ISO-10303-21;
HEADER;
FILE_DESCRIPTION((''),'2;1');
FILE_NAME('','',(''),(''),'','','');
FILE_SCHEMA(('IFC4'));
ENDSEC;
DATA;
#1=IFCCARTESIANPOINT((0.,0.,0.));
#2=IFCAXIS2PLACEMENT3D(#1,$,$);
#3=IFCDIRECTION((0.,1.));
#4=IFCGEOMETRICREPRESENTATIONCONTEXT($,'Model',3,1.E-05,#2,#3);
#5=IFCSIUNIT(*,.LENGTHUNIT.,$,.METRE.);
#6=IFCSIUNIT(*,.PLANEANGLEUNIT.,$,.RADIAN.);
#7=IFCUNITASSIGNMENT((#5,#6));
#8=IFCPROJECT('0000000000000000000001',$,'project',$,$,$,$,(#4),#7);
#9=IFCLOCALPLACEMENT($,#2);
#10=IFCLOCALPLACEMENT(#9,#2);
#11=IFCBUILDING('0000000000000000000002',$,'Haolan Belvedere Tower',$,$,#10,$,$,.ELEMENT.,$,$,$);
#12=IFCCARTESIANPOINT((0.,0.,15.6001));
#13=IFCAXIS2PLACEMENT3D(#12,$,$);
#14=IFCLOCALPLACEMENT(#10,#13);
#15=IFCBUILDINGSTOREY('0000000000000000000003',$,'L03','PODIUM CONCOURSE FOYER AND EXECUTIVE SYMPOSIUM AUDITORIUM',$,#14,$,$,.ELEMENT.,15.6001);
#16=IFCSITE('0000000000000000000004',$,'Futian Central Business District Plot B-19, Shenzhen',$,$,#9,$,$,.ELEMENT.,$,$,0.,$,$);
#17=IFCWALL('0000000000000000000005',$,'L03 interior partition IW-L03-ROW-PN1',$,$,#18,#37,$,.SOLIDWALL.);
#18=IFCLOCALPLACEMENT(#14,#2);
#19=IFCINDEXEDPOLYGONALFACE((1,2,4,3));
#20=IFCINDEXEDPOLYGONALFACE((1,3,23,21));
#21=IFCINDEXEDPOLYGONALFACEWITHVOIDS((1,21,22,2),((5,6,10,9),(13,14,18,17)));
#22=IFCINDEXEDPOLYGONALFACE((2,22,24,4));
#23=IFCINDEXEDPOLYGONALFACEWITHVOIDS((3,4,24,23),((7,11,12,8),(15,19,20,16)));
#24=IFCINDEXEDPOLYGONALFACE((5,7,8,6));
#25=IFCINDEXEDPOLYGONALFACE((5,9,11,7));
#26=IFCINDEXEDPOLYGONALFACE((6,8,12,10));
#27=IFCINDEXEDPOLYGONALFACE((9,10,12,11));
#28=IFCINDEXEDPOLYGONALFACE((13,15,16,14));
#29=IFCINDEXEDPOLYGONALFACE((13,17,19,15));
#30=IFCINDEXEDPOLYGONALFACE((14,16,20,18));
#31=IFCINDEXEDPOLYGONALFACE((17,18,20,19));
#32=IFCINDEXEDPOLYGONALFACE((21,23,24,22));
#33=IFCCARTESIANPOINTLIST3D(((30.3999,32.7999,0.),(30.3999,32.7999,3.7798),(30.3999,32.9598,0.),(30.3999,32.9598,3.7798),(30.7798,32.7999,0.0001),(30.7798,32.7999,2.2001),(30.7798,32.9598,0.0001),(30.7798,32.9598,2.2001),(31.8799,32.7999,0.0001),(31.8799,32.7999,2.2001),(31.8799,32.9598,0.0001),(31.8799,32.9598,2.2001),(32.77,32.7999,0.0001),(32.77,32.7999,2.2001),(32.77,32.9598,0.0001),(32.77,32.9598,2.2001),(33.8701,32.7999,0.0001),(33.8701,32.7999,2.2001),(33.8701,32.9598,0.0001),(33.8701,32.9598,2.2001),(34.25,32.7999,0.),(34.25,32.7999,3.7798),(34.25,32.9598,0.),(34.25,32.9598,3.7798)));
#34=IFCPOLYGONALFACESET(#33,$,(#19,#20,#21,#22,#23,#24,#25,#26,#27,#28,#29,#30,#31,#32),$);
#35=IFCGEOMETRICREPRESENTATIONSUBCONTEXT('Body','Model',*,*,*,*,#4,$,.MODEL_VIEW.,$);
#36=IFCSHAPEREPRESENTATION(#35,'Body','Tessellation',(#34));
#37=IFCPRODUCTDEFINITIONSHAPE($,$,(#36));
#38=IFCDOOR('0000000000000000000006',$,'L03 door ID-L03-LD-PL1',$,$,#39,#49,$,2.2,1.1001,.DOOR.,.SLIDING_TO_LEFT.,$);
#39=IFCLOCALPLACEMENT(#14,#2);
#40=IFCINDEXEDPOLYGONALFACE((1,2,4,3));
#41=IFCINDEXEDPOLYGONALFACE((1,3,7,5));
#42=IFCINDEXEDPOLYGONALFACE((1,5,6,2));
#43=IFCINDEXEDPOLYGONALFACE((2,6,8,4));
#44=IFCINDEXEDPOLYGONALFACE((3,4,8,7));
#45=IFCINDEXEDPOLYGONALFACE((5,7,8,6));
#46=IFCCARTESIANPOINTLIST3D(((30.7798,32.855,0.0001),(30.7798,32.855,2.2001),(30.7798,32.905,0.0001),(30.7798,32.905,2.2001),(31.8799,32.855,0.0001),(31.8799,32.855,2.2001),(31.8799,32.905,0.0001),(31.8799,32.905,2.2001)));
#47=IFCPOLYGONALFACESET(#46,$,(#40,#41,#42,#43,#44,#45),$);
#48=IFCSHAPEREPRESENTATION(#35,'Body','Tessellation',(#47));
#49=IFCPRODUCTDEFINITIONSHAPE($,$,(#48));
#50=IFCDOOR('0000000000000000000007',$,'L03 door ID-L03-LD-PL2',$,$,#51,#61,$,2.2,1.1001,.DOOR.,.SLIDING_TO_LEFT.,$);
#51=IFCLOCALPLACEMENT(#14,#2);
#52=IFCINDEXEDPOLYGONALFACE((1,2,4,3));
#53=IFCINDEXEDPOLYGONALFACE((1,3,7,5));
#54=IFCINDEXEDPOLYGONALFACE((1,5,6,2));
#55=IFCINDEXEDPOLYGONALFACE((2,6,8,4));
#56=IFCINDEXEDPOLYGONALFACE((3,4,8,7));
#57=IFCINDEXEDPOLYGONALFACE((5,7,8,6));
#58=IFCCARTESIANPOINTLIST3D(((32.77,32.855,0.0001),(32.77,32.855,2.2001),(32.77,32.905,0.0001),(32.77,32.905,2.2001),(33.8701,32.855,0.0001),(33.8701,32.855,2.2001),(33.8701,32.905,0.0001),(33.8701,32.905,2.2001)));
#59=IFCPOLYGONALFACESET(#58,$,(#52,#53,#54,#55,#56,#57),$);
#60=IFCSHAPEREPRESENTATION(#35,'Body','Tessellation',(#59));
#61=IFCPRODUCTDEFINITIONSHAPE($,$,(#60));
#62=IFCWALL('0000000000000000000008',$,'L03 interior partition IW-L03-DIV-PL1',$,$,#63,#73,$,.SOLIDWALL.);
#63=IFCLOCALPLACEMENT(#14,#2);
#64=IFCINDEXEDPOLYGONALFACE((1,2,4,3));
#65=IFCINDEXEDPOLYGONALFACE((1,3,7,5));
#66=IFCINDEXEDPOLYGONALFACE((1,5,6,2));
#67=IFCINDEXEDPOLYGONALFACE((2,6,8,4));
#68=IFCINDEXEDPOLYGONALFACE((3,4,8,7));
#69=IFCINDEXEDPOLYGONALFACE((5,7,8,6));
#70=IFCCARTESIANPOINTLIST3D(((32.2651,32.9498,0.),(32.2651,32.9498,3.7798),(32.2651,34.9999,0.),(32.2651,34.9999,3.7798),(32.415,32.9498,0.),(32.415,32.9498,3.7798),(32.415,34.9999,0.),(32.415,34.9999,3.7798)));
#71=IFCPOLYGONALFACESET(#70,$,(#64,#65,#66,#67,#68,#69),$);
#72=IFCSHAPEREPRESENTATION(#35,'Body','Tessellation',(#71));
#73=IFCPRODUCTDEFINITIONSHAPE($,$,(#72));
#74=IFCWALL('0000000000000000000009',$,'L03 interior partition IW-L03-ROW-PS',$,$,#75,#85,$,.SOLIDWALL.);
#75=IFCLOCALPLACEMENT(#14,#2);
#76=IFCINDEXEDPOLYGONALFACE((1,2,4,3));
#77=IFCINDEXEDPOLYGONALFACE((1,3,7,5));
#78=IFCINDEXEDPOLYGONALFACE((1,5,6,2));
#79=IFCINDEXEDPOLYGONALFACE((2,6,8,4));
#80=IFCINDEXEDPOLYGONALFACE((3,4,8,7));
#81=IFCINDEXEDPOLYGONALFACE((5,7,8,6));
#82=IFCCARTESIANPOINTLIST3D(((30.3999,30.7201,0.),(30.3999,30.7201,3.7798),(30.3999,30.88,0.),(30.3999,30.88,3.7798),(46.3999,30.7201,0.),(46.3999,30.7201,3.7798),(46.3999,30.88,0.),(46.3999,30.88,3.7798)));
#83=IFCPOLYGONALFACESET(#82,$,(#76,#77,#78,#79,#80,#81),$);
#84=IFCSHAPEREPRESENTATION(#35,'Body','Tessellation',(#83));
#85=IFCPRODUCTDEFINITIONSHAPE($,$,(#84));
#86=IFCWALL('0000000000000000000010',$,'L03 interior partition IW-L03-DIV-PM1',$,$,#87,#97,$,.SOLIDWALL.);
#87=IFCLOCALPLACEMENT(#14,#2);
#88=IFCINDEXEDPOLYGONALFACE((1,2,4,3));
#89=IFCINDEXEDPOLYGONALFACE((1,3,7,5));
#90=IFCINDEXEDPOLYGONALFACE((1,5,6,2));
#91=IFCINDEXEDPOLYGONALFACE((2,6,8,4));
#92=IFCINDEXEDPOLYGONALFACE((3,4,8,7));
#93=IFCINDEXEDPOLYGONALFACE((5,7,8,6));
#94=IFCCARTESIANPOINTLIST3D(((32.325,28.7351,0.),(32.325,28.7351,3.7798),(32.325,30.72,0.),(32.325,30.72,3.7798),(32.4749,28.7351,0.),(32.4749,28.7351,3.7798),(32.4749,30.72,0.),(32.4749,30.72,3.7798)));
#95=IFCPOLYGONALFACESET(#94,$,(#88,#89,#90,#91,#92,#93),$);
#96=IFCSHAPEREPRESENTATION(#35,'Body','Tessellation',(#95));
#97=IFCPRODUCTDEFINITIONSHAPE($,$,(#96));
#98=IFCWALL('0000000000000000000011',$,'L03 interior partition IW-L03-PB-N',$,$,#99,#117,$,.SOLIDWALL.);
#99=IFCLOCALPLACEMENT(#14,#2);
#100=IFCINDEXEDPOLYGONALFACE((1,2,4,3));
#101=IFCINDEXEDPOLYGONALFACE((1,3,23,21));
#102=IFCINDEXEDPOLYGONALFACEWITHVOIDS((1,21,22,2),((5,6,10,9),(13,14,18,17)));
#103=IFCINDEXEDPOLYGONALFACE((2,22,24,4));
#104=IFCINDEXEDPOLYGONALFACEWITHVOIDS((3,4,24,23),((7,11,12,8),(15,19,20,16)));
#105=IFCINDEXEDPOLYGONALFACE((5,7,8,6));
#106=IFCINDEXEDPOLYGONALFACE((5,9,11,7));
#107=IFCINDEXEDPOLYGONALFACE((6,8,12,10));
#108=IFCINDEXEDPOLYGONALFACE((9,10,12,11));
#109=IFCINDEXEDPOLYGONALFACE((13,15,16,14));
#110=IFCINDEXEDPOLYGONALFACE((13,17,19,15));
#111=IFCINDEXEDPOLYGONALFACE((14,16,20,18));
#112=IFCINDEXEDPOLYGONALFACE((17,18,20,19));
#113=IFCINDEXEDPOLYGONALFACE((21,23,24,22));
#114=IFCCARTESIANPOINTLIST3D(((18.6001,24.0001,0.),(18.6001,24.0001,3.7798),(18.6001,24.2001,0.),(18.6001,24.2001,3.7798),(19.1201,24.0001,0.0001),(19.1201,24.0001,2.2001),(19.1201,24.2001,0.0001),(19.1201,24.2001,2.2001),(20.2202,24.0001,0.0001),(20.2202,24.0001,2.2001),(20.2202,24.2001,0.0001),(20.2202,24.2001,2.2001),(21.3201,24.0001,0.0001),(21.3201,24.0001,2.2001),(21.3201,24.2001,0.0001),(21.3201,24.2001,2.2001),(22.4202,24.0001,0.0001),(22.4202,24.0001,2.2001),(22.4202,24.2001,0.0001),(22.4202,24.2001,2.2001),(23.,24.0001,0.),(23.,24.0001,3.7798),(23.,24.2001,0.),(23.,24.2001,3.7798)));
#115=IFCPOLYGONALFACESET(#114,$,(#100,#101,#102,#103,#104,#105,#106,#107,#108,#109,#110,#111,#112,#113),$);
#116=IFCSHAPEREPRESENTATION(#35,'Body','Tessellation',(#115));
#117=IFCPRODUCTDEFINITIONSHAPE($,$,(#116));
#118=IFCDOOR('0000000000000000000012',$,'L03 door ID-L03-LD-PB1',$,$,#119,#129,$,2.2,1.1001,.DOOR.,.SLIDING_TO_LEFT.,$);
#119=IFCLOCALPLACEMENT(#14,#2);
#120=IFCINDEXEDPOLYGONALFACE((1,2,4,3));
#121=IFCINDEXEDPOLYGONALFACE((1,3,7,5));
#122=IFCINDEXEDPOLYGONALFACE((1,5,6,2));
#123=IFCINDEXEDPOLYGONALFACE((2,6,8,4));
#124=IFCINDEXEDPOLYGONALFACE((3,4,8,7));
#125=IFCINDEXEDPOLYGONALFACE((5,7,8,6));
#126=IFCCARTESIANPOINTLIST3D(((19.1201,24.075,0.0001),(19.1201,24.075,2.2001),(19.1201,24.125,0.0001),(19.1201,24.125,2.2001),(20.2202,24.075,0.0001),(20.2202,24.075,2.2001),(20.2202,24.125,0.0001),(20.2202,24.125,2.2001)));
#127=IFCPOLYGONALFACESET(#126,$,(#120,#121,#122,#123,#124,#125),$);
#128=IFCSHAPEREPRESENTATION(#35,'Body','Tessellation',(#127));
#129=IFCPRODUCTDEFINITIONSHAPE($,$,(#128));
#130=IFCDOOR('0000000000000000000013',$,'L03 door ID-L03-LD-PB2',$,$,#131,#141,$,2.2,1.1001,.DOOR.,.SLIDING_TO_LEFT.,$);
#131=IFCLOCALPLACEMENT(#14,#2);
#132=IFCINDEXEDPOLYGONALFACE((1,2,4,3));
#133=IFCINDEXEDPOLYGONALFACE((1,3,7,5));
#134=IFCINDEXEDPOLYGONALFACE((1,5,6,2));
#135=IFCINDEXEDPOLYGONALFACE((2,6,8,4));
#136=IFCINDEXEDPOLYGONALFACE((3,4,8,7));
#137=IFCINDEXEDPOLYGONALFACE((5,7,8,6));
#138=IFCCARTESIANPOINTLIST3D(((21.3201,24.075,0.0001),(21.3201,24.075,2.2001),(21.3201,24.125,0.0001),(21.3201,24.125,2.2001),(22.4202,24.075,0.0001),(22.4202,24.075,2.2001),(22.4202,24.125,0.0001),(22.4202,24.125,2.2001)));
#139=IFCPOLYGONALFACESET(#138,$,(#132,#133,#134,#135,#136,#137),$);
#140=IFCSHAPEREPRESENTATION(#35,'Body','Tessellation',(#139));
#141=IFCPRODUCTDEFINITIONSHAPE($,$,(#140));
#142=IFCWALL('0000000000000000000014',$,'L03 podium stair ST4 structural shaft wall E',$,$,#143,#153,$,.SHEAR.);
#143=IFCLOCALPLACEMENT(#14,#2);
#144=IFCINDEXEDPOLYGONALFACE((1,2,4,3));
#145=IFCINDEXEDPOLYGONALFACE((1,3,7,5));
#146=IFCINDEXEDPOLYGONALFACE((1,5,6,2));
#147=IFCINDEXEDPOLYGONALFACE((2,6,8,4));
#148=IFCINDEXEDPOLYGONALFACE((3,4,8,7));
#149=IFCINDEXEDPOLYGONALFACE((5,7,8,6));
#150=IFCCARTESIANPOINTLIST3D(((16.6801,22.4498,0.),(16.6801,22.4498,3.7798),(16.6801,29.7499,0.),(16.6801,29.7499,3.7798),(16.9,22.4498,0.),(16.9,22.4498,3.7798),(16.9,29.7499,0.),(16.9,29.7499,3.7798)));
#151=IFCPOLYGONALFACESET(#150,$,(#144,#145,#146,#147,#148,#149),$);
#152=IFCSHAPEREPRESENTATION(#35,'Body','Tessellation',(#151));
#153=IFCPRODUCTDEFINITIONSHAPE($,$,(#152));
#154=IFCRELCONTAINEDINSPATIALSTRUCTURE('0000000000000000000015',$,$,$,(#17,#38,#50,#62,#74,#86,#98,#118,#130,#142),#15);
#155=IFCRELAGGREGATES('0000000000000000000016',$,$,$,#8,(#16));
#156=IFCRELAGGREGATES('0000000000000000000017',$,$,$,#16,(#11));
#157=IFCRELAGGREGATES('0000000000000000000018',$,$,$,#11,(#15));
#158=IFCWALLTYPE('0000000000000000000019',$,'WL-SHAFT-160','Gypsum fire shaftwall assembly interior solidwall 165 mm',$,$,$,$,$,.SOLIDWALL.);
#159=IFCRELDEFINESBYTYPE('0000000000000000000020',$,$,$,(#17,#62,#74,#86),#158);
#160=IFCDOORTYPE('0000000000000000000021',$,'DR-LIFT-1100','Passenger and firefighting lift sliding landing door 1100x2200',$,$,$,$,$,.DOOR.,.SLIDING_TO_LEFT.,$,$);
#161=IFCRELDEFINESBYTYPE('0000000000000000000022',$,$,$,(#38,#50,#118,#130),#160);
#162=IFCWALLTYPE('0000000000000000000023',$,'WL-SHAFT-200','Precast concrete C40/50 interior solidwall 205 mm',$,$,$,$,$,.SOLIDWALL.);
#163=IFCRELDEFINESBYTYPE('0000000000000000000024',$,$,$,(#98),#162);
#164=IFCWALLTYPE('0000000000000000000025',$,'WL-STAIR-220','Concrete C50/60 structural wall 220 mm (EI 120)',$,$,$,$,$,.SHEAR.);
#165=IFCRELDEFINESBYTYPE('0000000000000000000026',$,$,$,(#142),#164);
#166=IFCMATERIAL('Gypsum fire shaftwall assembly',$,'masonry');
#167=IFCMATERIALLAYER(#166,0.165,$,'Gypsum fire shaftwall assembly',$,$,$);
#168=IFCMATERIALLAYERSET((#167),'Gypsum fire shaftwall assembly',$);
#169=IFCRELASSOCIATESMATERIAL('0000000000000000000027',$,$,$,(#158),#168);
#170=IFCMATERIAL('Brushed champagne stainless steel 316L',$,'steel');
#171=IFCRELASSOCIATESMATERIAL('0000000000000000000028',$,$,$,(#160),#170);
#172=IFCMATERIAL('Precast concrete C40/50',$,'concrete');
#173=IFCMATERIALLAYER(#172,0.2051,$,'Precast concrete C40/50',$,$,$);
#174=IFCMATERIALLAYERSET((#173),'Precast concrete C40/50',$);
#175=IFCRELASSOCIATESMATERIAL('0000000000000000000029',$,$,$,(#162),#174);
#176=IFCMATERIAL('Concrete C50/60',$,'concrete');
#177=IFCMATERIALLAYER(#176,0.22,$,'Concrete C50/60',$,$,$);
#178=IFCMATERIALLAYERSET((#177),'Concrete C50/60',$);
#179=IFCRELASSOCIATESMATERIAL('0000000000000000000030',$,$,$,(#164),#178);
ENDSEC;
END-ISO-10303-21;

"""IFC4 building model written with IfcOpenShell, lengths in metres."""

from ifc_helpers import new_model, si_unit, direction, frame, frame_2d, origin, place, context, subcontext, project, spatial, rectangle, extrude, material, layer, layer_set, type_object, element, fill, save


model = new_model("IFC4")

# Units and contexts
model_context = context("Model", 3, precision=1e-05, world=origin(), true_north=direction((0.0, 1.0)))
body_context = subcontext(model_context, "Body", "Model", "MODEL_VIEW")
ifc_project = project(units=[si_unit("LENGTHUNIT", "METRE"), si_unit("PLANEANGLEUNIT", "RADIAN")], contexts=[model_context])

# Site, building, storey
site_placement = place(None, origin())
site = spatial("IfcSite", under=ifc_project, at=site_placement, Name="Futian Central Business District Plot B-19, Shenzhen", CompositionType="ELEMENT", RefElevation=0.0)
building_placement = place(site_placement, origin())
building = spatial("IfcBuilding", under=site, at=building_placement, Name="Haolan Belvedere Tower", CompositionType="ELEMENT")
storey_placement = place(building_placement, frame((0.0, 0.0, 15.6001)))
storey = spatial("IfcBuildingStorey", under=building, at=storey_placement, Name="L03", Description="PODIUM CONCOURSE FOYER AND EXECUTIVE SYMPOSIUM AUDITORIUM", CompositionType="ELEMENT", Elevation=15.6001)

# Shared definitions
ifc_material_1 = material(Name="Gypsum fire shaftwall assembly", Category="masonry")
ifc_layer_1 = layer(ifc_material_1, 0.165, Name="Gypsum fire shaftwall assembly")
ifc_layer_set_1 = layer_set([ifc_layer_1], Name="Gypsum fire shaftwall assembly")
wall_type_1 = type_object("IfcWallType", Name="WL-SHAFT-160", Description="Gypsum fire shaftwall assembly interior solidwall 165 mm", PredefinedType="SOLIDWALL", material=ifc_layer_set_1)

# Wall, openings, doors
wall_1_placement = place(storey_placement, frame((30.3999, 32.8799, 0.0), z_axis=(0.0, 0.0, 1.0), x_axis=(1.0, 0.0, 0.0)))
wall_1 = element("IfcWall", 1, at=wall_1_placement, inside=storey, type_object=wall_type_1, Name="L03 interior partition IW-L03-ROW-PN1", PredefinedType="SOLIDWALL", context=body_context, shape_type="SweptSolid", body=[
    extrude(rectangle(XDim=3.8501, YDim=0.1599, at=frame_2d((1.925, 0.0))), origin(), (0.0, 0.0, 1.0), 3.7798),
])
opening_1_placement = place(wall_1_placement, frame((1.48, 0.0, 0.0), z_axis=(0.0, 0.0, 1.0), x_axis=(-1.0, 0.0, 0.0)))
opening_1 = element("IfcOpeningElement", 2, at=opening_1_placement, cuts=wall_1, PredefinedType="OPENING", context=body_context, shape_type="SweptSolid", body=[
    extrude(rectangle(XDim=1.1001, YDim=2.2, at=frame_2d((0.55, 1.1001))), frame((0.0, 0.0898, 0.0), z_axis=(0.0, -1.0, 0.0), x_axis=(1.0, 0.0, 0.0)), (0.0, 0.0, 1.0), 0.1799),
])
opening_2_placement = place(wall_1_placement, frame((3.4702, 0.0, 0.0), z_axis=(0.0, 0.0, 1.0), x_axis=(-1.0, 0.0, 0.0)))
opening_2 = element("IfcOpeningElement", 3, at=opening_2_placement, cuts=wall_1, PredefinedType="OPENING", context=body_context, shape_type="SweptSolid", body=[
    extrude(rectangle(XDim=1.1001, YDim=2.2, at=frame_2d((0.55, 1.1001))), frame((0.0, 0.0898, 0.0), z_axis=(0.0, -1.0, 0.0), x_axis=(1.0, 0.0, 0.0)), (0.0, 0.0, 1.0), 0.1799),
])
ifc_material_2 = material(Name="Brushed champagne stainless steel 316L", Category="steel")
door_type_1 = type_object("IfcDoorType", Name="DR-LIFT-1100", Description="Passenger and firefighting lift sliding landing door 1100x2200", OperationType="SLIDING_TO_LEFT", PredefinedType="DOOR", material=ifc_material_2)
door_1_placement = place(opening_1_placement, origin())
door_1 = element("IfcDoor", 4, at=door_1_placement, inside=storey, type_object=door_type_1, Name="L03 door ID-L03-LD-PL1", OperationType="SLIDING_TO_LEFT", OverallHeight=2.2, OverallWidth=1.1001, PredefinedType="DOOR", context=body_context, shape_type="SweptSolid", body=[
    extrude(rectangle(XDim=1.1001, YDim=2.2, at=frame_2d((0.55, 1.1001))), frame((0.0, 0.0249, 0.0), z_axis=(0.0, -1.0, 0.0), x_axis=(1.0, 0.0, 0.0)), (0.0, 0.0, 1.0), 0.05),
])
fill(opening_1, door_1)
door_2_placement = place(opening_2_placement, origin())
door_2 = element("IfcDoor", 5, at=door_2_placement, inside=storey, type_object=door_type_1, Name="L03 door ID-L03-LD-PL2", OperationType="SLIDING_TO_LEFT", OverallHeight=2.2, OverallWidth=1.1001, PredefinedType="DOOR", context=body_context, shape_type="SweptSolid", body=[
    extrude(rectangle(XDim=1.1001, YDim=2.2, at=frame_2d((0.55, 1.1001))), frame((0.0, 0.0249, 0.0), z_axis=(0.0, -1.0, 0.0), x_axis=(1.0, 0.0, 0.0)), (0.0, 0.0, 1.0), 0.05),
])
fill(opening_2, door_2)

# Walls
wall_2_placement = place(storey_placement, frame((32.3401, 32.95, 0.0), z_axis=(0.0, 0.0, 1.0), x_axis=(0.0, 1.0, 0.0)))
element("IfcWall", 6, at=wall_2_placement, inside=storey, type_object=wall_type_1, Name="L03 interior partition IW-L03-DIV-PL1", PredefinedType="SOLIDWALL", context=body_context, shape_type="SweptSolid", body=[
    extrude(rectangle(XDim=2.05, YDim=0.1499, at=frame_2d((1.0249, 0.0))), origin(), (0.0, 0.0, 1.0), 3.7798),
])
wall_3_placement = place(storey_placement, frame((30.3999, 30.8, 0.0), z_axis=(0.0, 0.0, 1.0), x_axis=(1.0, 0.0, 0.0)))
element("IfcWall", 7, at=wall_3_placement, inside=storey, type_object=wall_type_1, Name="L03 interior partition IW-L03-ROW-PS", PredefinedType="SOLIDWALL", context=body_context, shape_type="SweptSolid", body=[
    extrude(rectangle(XDim=16.0, YDim=0.1599, at=frame_2d((8.0, 0.0))), origin(), (0.0, 0.0, 1.0), 3.7798),
])
wall_4_placement = place(storey_placement, frame((32.3999, 28.7351, 0.0), z_axis=(0.0, 0.0, 1.0), x_axis=(0.0, 1.0, 0.0)))
element("IfcWall", 8, at=wall_4_placement, inside=storey, type_object=wall_type_1, Name="L03 interior partition IW-L03-DIV-PM1", PredefinedType="SOLIDWALL", context=body_context, shape_type="SweptSolid", body=[
    extrude(rectangle(XDim=1.9849, YDim=0.1499, at=frame_2d((0.9924, 0.0))), origin(), (0.0, 0.0, 1.0), 3.7798),
])

# Wall, openings, doors
ifc_material_3 = material(Name="Precast concrete C40/50", Category="concrete")
ifc_layer_2 = layer(ifc_material_3, 0.2051, Name="Precast concrete C40/50")
ifc_layer_set_2 = layer_set([ifc_layer_2], Name="Precast concrete C40/50")
wall_type_2 = type_object("IfcWallType", Name="WL-SHAFT-200", Description="Precast concrete C40/50 interior solidwall 205 mm", PredefinedType="SOLIDWALL", material=ifc_layer_set_2)
wall_5_placement = place(storey_placement, frame((18.6001, 24.1001, 0.0), z_axis=(0.0, 0.0, 1.0), x_axis=(1.0, 0.0, 0.0)))
wall_5 = element("IfcWall", 9, at=wall_5_placement, inside=storey, type_object=wall_type_2, Name="L03 interior partition IW-L03-PB-N", PredefinedType="SOLIDWALL", context=body_context, shape_type="SweptSolid", body=[
    extrude(rectangle(XDim=4.3999, YDim=0.2, at=frame_2d((2.2, 0.0))), origin(), (0.0, 0.0, 1.0), 3.7798),
])
opening_3_placement = place(wall_5_placement, frame((0.52, 0.0, 0.0)))
opening_3 = element("IfcOpeningElement", 10, at=opening_3_placement, cuts=wall_5, PredefinedType="OPENING", context=body_context, shape_type="SweptSolid", body=[
    extrude(rectangle(XDim=1.1001, YDim=2.2, at=frame_2d((0.55, 1.1001))), frame((0.0, 0.1099, 0.0), z_axis=(0.0, -1.0, 0.0), x_axis=(1.0, 0.0, 0.0)), (0.0, 0.0, 1.0), 0.22),
])
opening_4_placement = place(wall_5_placement, frame((2.72, 0.0, 0.0)))
opening_4 = element("IfcOpeningElement", 11, at=opening_4_placement, cuts=wall_5, PredefinedType="OPENING", context=body_context, shape_type="SweptSolid", body=[
    extrude(rectangle(XDim=1.1001, YDim=2.2, at=frame_2d((0.55, 1.1001))), frame((0.0, 0.1099, 0.0), z_axis=(0.0, -1.0, 0.0), x_axis=(1.0, 0.0, 0.0)), (0.0, 0.0, 1.0), 0.22),
])
door_3_placement = place(opening_3_placement, origin())
door_3 = element("IfcDoor", 12, at=door_3_placement, inside=storey, type_object=door_type_1, Name="L03 door ID-L03-LD-PB1", OperationType="SLIDING_TO_LEFT", OverallHeight=2.2, OverallWidth=1.1001, PredefinedType="DOOR", context=body_context, shape_type="SweptSolid", body=[
    extrude(rectangle(XDim=1.1001, YDim=2.2, at=frame_2d((0.55, 1.1001))), frame((0.0, 0.0249, 0.0), z_axis=(0.0, -1.0, 0.0), x_axis=(1.0, 0.0, 0.0)), (0.0, 0.0, 1.0), 0.05),
])
fill(opening_3, door_3)
door_4_placement = place(opening_4_placement, origin())
door_4 = element("IfcDoor", 13, at=door_4_placement, inside=storey, type_object=door_type_1, Name="L03 door ID-L03-LD-PB2", OperationType="SLIDING_TO_LEFT", OverallHeight=2.2, OverallWidth=1.1001, PredefinedType="DOOR", context=body_context, shape_type="SweptSolid", body=[
    extrude(rectangle(XDim=1.1001, YDim=2.2, at=frame_2d((0.55, 1.1001))), frame((0.0, 0.0249, 0.0), z_axis=(0.0, -1.0, 0.0), x_axis=(1.0, 0.0, 0.0)), (0.0, 0.0, 1.0), 0.05),
])
fill(opening_4, door_4)

# Wall
ifc_material_4 = material(Name="Concrete C50/60", Category="concrete")
ifc_layer_3 = layer(ifc_material_4, 0.22, Name="Concrete C50/60")
ifc_layer_set_3 = layer_set([ifc_layer_3], Name="Concrete C50/60")
wall_type_3 = type_object("IfcWallType", Name="WL-STAIR-220", Description="Concrete C50/60 structural wall 220 mm (EI 120)", PredefinedType="SHEAR", material=ifc_layer_set_3)
wall_6_placement = place(storey_placement, frame((16.79, 22.45, 0.0), z_axis=(0.0, 0.0, 1.0), x_axis=(0.0, 1.0, 0.0)))
element("IfcWall", 14, at=wall_6_placement, inside=storey, type_object=wall_type_3, Name="L03 podium stair ST4 structural shaft wall E", PredefinedType="SHEAR", context=body_context, shape_type="SweptSolid", body=[
    extrude(rectangle(XDim=7.3, YDim=0.22, at=frame_2d((3.6499, 0.0))), origin(), (0.0, 0.0, 1.0), 3.7798),
])

save(model, "model.ifc")
